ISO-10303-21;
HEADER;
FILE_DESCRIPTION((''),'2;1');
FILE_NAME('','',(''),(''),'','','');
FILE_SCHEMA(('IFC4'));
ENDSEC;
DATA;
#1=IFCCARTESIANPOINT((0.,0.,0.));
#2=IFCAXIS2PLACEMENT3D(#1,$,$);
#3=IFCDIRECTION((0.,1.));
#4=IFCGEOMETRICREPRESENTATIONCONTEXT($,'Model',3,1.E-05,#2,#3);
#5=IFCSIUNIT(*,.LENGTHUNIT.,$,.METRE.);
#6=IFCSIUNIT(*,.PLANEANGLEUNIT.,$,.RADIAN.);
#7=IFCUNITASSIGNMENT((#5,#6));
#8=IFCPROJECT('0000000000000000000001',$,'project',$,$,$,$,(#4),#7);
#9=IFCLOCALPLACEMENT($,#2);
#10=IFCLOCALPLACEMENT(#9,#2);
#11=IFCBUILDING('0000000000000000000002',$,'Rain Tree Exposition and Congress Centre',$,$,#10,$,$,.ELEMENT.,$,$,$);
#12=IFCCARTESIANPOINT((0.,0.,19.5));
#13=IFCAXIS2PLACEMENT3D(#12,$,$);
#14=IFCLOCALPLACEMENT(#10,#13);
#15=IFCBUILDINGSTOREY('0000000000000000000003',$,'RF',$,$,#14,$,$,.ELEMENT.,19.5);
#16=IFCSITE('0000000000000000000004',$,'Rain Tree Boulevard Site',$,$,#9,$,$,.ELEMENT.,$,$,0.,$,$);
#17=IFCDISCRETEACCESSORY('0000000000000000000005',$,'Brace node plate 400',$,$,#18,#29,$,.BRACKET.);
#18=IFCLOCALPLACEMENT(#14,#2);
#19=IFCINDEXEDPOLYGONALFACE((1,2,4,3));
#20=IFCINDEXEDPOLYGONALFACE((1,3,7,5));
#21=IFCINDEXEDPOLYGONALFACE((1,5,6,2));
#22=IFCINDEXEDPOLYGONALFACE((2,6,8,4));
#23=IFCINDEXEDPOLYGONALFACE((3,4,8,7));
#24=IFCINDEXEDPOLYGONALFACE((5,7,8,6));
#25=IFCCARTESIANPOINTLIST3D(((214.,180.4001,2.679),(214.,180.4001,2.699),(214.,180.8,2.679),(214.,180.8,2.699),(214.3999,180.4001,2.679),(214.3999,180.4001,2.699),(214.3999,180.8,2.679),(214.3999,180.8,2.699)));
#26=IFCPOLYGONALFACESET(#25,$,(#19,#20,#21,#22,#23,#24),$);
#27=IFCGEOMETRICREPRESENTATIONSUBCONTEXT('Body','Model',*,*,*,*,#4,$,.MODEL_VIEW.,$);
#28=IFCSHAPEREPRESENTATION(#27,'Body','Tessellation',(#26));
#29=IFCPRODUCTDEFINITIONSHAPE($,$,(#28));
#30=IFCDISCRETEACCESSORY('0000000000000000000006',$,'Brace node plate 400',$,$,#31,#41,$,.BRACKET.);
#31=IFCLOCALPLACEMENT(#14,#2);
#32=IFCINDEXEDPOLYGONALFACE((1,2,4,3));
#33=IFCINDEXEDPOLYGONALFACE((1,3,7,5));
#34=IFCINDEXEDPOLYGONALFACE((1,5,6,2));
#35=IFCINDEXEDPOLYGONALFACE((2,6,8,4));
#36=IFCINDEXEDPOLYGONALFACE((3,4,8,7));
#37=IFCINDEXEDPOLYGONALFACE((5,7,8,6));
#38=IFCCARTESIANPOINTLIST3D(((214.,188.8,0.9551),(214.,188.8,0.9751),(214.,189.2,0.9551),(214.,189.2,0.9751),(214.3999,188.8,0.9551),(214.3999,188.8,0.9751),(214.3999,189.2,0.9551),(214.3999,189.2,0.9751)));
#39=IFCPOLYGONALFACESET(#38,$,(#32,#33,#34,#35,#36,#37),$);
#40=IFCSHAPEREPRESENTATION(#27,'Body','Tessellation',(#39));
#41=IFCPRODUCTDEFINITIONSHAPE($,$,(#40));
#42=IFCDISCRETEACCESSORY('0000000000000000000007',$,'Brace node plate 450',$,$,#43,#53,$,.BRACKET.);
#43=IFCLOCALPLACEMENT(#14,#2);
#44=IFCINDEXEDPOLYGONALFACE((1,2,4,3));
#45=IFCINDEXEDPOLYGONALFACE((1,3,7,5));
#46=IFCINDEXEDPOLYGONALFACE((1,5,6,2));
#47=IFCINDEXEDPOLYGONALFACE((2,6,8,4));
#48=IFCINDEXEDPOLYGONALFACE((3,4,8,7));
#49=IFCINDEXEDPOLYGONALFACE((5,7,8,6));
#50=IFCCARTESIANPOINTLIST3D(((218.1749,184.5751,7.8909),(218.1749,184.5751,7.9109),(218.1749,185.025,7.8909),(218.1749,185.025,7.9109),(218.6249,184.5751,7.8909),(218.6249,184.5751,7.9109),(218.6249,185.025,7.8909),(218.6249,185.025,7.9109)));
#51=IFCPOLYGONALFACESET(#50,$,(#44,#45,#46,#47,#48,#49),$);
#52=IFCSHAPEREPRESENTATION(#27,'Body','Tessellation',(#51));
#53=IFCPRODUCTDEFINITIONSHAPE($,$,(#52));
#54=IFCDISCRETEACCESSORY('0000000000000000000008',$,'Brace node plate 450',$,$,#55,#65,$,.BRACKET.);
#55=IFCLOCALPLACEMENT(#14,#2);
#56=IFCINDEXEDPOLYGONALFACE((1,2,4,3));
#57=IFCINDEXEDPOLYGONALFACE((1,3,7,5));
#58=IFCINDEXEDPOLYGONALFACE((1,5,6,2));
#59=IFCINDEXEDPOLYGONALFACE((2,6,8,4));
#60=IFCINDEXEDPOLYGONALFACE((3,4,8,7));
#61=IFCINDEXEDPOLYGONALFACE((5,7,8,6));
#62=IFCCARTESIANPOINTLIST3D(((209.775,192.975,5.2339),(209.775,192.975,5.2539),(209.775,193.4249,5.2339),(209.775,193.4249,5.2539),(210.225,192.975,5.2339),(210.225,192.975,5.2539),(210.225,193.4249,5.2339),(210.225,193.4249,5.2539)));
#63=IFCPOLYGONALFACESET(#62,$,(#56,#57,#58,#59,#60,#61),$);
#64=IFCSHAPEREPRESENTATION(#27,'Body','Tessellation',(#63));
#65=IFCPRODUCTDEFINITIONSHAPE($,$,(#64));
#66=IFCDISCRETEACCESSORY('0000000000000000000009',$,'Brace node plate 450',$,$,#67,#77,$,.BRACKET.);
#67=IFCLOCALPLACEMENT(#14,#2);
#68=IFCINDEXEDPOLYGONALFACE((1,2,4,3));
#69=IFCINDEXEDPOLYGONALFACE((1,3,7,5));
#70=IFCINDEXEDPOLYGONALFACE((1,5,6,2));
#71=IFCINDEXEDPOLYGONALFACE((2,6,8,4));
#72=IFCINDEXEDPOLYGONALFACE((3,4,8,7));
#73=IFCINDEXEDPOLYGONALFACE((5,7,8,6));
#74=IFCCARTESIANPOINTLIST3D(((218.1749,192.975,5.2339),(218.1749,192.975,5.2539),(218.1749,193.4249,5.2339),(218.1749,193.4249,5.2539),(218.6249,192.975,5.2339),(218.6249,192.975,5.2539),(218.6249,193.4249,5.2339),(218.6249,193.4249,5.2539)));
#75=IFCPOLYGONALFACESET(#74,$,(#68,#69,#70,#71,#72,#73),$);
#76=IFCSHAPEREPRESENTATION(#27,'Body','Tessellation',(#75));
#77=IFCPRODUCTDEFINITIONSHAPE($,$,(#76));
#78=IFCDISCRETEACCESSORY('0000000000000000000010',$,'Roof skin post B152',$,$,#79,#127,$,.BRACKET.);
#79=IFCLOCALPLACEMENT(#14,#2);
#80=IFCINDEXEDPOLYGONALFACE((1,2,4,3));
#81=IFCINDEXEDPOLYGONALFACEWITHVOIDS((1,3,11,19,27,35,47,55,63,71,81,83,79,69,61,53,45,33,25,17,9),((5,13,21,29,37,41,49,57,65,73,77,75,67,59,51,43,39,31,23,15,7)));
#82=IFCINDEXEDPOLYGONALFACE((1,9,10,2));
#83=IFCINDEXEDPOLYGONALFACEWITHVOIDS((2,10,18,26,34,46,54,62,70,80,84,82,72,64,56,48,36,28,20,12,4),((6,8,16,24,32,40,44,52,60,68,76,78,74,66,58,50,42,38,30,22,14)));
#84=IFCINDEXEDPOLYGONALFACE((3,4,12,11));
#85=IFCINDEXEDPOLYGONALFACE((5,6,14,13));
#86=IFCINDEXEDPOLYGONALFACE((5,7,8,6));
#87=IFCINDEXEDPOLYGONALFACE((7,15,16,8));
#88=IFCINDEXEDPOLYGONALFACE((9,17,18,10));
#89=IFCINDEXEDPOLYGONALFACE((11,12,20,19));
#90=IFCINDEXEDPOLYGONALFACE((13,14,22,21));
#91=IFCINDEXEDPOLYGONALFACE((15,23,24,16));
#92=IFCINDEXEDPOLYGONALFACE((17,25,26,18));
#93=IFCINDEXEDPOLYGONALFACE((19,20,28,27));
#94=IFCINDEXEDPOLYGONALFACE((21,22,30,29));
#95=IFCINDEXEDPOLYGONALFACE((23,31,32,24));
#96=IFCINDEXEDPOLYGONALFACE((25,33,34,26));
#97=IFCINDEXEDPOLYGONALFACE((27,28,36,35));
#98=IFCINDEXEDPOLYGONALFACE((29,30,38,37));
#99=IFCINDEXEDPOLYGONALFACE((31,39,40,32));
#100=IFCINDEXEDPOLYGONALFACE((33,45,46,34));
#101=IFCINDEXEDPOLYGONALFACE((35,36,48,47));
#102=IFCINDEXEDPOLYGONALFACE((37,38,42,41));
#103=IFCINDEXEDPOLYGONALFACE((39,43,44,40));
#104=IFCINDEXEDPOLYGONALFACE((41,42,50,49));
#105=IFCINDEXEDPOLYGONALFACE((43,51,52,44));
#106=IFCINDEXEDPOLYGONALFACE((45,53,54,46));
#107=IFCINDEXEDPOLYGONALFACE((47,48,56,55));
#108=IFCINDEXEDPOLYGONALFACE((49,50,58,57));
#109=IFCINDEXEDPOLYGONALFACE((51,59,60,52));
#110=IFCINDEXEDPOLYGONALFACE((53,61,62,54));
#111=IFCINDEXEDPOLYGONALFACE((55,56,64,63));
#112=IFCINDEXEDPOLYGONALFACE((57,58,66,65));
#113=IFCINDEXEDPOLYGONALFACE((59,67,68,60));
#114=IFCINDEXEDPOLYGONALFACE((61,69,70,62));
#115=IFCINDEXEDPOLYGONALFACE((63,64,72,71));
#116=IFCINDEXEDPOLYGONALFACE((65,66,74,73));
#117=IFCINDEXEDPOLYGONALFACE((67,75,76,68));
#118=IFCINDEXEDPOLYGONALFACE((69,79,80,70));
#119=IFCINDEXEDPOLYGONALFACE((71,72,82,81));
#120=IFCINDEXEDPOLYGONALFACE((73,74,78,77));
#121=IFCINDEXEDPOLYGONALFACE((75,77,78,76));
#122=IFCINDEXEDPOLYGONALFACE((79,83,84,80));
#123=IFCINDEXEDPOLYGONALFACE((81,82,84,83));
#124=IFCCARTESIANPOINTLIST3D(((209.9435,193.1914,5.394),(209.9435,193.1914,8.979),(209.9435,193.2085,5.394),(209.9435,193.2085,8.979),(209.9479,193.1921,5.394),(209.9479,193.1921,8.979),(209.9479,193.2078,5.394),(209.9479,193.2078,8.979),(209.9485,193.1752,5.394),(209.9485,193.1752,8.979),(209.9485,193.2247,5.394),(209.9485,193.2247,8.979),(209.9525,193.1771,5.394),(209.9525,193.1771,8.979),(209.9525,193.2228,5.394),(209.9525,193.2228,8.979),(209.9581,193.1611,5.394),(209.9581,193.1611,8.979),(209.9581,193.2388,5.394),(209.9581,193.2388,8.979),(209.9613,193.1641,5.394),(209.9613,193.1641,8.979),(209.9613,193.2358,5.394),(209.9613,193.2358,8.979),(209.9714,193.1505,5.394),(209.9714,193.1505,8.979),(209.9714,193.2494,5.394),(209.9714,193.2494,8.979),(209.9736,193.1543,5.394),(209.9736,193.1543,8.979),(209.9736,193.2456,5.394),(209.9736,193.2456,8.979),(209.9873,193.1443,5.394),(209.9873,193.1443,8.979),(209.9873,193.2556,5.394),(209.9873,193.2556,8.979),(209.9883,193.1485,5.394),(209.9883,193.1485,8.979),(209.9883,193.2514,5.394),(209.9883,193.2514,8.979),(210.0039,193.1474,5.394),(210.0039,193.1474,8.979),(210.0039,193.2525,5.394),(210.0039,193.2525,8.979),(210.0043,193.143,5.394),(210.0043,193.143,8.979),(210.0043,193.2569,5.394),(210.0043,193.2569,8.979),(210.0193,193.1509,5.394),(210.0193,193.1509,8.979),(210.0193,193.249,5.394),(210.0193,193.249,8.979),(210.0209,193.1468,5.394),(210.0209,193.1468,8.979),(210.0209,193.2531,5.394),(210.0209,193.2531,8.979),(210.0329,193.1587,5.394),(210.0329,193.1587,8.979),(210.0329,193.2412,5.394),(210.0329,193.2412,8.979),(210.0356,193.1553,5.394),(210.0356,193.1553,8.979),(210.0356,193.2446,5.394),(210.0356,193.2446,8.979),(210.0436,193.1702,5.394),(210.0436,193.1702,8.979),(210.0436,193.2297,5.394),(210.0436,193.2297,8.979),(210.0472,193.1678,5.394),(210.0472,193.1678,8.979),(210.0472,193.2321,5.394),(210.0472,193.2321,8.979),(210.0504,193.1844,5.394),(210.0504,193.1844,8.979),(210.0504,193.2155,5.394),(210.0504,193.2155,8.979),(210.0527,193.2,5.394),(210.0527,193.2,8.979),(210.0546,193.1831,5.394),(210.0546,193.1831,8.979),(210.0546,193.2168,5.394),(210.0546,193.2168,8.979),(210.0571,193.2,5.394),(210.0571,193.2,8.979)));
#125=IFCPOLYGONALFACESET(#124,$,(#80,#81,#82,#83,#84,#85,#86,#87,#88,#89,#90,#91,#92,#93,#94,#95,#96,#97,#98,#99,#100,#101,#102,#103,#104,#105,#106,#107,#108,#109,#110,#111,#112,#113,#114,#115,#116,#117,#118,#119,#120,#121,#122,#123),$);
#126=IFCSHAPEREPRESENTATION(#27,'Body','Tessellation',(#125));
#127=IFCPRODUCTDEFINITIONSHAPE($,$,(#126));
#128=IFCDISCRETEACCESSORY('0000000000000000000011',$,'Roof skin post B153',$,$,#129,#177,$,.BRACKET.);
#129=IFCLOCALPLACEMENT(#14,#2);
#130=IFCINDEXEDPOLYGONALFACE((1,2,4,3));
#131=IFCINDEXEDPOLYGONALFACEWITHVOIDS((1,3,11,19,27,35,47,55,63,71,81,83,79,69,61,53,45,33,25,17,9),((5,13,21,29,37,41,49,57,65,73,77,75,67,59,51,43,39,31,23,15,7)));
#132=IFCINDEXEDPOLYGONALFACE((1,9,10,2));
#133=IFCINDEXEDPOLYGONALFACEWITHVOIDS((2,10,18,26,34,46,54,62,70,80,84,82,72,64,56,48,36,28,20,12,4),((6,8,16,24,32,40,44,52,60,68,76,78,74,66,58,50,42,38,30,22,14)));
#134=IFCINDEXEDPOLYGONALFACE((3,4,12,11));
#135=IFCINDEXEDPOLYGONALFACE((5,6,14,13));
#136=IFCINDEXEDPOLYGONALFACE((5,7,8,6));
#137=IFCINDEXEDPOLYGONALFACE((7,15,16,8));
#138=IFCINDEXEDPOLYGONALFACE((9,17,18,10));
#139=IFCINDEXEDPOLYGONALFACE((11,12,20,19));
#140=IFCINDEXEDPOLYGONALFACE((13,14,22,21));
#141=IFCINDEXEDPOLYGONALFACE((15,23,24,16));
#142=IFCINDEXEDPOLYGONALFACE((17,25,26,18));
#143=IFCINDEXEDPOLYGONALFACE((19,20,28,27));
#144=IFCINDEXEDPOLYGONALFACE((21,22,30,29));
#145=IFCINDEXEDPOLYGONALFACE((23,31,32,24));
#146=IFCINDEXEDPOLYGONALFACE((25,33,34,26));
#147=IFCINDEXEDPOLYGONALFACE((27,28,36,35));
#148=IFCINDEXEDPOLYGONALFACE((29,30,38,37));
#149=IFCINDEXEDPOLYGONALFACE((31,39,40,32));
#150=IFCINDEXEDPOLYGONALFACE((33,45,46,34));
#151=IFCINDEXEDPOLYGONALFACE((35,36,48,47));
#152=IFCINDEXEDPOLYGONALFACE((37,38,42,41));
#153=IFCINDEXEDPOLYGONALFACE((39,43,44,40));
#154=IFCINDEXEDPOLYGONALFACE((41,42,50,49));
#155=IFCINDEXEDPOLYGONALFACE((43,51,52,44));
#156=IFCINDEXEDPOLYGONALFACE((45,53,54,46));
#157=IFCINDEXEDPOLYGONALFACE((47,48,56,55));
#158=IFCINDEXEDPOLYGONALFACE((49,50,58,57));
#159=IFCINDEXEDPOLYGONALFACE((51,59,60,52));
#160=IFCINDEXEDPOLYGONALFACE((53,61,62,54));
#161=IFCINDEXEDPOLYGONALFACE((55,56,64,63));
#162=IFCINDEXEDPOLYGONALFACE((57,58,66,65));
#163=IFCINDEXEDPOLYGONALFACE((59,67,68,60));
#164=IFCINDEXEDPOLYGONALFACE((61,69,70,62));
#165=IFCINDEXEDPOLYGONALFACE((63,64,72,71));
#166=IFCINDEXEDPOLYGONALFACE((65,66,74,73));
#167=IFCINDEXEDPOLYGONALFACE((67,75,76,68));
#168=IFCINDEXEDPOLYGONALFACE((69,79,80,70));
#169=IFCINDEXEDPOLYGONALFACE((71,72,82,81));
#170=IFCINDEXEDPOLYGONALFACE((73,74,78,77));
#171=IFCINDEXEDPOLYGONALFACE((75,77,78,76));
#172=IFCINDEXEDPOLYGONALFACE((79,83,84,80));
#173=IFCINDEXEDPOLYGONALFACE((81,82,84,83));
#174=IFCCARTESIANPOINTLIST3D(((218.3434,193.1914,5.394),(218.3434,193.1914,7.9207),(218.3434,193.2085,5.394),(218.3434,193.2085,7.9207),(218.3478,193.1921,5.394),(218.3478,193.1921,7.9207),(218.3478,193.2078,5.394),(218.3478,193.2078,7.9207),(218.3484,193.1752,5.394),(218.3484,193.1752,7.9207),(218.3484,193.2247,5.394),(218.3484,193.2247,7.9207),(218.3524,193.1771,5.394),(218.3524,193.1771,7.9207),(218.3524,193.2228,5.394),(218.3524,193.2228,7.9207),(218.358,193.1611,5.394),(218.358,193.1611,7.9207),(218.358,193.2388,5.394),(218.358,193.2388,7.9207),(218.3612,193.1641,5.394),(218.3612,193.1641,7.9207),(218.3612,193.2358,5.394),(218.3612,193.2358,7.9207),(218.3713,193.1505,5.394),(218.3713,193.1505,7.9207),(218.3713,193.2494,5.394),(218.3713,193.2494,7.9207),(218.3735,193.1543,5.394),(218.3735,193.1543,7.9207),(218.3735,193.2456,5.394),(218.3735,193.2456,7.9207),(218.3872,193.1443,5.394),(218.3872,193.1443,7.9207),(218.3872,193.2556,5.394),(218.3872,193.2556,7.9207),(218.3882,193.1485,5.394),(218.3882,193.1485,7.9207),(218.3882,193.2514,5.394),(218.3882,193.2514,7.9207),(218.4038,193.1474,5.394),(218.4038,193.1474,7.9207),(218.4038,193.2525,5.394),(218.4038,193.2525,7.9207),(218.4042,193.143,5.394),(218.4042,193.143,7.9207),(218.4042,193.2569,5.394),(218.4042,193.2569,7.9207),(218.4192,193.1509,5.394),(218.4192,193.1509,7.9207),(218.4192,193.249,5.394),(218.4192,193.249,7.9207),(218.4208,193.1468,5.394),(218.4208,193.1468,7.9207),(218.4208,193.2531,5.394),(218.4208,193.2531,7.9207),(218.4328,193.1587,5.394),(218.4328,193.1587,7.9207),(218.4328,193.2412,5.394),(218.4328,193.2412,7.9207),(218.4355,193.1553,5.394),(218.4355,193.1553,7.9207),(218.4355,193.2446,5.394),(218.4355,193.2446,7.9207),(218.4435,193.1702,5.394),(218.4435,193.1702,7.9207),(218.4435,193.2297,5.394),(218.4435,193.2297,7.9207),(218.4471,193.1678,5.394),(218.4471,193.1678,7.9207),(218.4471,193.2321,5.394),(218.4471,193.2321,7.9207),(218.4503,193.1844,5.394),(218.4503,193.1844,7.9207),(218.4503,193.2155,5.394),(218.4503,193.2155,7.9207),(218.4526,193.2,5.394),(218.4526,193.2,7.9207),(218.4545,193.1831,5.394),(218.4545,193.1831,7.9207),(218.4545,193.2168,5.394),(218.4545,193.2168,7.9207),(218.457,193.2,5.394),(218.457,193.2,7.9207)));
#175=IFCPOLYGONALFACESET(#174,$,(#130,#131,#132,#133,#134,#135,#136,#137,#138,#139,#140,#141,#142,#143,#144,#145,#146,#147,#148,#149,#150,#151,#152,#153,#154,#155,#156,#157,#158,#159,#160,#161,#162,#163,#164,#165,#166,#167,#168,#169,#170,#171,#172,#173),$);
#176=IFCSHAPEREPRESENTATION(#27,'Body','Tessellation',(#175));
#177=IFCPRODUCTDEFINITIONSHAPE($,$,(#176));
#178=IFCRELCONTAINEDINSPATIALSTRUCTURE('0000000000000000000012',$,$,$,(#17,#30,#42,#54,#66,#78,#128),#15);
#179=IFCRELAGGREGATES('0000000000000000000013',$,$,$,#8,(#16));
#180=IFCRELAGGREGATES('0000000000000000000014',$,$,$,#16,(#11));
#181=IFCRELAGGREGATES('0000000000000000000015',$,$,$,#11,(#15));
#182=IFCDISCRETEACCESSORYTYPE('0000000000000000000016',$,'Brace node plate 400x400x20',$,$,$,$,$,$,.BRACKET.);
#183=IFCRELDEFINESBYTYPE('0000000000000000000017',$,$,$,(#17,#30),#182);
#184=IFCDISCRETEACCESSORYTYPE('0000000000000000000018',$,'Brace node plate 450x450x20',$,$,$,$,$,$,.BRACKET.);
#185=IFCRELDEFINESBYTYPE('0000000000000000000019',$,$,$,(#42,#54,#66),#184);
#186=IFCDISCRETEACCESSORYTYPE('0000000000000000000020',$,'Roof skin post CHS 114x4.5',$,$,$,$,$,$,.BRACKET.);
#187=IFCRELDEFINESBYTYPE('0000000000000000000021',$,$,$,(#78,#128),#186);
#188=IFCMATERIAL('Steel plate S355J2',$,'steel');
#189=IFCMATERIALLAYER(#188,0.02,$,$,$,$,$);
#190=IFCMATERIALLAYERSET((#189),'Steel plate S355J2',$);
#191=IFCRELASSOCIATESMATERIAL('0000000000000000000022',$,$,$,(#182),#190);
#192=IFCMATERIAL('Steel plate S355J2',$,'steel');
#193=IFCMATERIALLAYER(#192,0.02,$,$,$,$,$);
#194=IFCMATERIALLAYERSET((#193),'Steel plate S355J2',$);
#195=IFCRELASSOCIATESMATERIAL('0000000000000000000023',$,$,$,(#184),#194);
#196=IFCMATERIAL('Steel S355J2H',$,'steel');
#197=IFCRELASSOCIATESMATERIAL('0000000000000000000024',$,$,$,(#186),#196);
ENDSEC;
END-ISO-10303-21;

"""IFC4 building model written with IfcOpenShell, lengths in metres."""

from ifc_helpers import new_model, si_unit, direction, frame, origin, origin_2d, place, context, subcontext, project, spatial, rectangle, hollow_circle, extrude, material, layer, layer_set, material_profile, profile_set, type_object, element, save


model = new_model("IFC4")

# Units and contexts
model_context = context("Model", 3, precision=1e-05, world=origin(), true_north=direction((0.0, 1.0)))
body_context = subcontext(model_context, "Body", "Model", "MODEL_VIEW")
ifc_project = project(units=[si_unit("LENGTHUNIT", "METRE"), si_unit("PLANEANGLEUNIT", "RADIAN")], contexts=[model_context])

# Site, building, storey
site_placement = place(None, origin())
site = spatial("IfcSite", under=ifc_project, at=site_placement, Name="Rain Tree Boulevard Site", CompositionType="ELEMENT", RefElevation=0.0)
building_placement = place(site_placement, origin())
building = spatial("IfcBuilding", under=site, at=building_placement, Name="Rain Tree Exposition and Congress Centre", CompositionType="ELEMENT")
storey_placement = place(building_placement, frame((0.0, 0.0, 19.5)))
storey = spatial("IfcBuildingStorey", under=building, at=storey_placement, Name="RF", CompositionType="ELEMENT", Elevation=19.5)

# Discrete accessories
ifc_material_1 = material(Name="Steel plate S355J2", Category="steel")
ifc_layer_1 = layer(ifc_material_1, 0.02)
ifc_layer_set_1 = layer_set([ifc_layer_1], Name="Steel plate S355J2")
discrete_accessory_type_1 = type_object("IfcDiscreteAccessoryType", Name="Brace node plate 400x400x20", PredefinedType="BRACKET", material=ifc_layer_set_1)
for number, where, z_axis, x_axis, name in (
    (1, (214.2, 180.6001, 2.679), (0.0, 0.0, 1.0), (1.0, 0.0, 0.0), "Brace node plate 400"),
    (2, (214.2, 189.0, 0.9551), (0.0, 0.0, 1.0), (1.0, 0.0, 0.0), "Brace node plate 400"),
):
    element("IfcDiscreteAccessory", number, at=place(storey_placement, frame(where, z_axis=z_axis, x_axis=x_axis)), inside=storey, type_object=discrete_accessory_type_1, Name=name, PredefinedType="BRACKET", context=body_context, shape_type="SweptSolid", body=[
        extrude(rectangle(XDim=0.3999, YDim=0.3999, at=origin_2d()), origin(), (0.0, 0.0, 1.0), 0.02),
    ])
ifc_material_2 = material(Name="Steel plate S355J2", Category="steel")
ifc_layer_2 = layer(ifc_material_2, 0.02)
ifc_layer_set_2 = layer_set([ifc_layer_2], Name="Steel plate S355J2")
discrete_accessory_type_2 = type_object("IfcDiscreteAccessoryType", Name="Brace node plate 450x450x20", PredefinedType="BRACKET", material=ifc_layer_set_2)
for number, where, z_axis, x_axis, name in (
    (3, (218.3999, 184.8, 7.8909), (0.0, 0.0, 1.0), (1.0, 0.0, 0.0), "Brace node plate 450"),
    (4, (210.0, 193.2, 5.2339), (0.0, 0.0, 1.0), (1.0, 0.0, 0.0), "Brace node plate 450"),
    (5, (218.3999, 193.2, 5.2339), (0.0, 0.0, 1.0), (1.0, 0.0, 0.0), "Brace node plate 450"),
):
    element("IfcDiscreteAccessory", number, at=place(storey_placement, frame(where, z_axis=z_axis, x_axis=x_axis)), inside=storey, type_object=discrete_accessory_type_2, Name=name, PredefinedType="BRACKET", context=body_context, shape_type="SweptSolid", body=[
        extrude(rectangle(XDim=0.45, YDim=0.45, at=origin_2d()), origin(), (0.0, 0.0, 1.0), 0.02),
    ])
ifc_material_3 = material(Name="Steel S355J2H", Category="steel")
ifc_material_profile_1 = material_profile(ifc_material_3, hollow_circle(Radius=0.0571, WallThickness=0.0044, at=origin_2d()), Name="CHS 114x4.5")
ifc_profile_set_1 = profile_set([ifc_material_profile_1], Name="Steel S355J2H")
discrete_accessory_type_3 = type_object("IfcDiscreteAccessoryType", Name="Roof skin post CHS 114x4.5", PredefinedType="BRACKET", material=ifc_profile_set_1)
discrete_accessory_1_placement = place(storey_placement, frame((210.0, 193.2, 5.394), z_axis=(0.0, 0.0, 1.0), x_axis=(1.0, 0.0, 0.0)))
element("IfcDiscreteAccessory", 6, at=discrete_accessory_1_placement, inside=storey, type_object=discrete_accessory_type_3, Name="Roof skin post B152", PredefinedType="BRACKET", context=body_context, shape_type="SweptSolid", body=[
    extrude(hollow_circle(Radius=0.0571, WallThickness=0.0044, at=origin_2d()), origin(), (0.0, 0.0, 1.0), 3.585),
])
discrete_accessory_2_placement = place(storey_placement, frame((218.3999, 193.2, 5.394), z_axis=(0.0, 0.0, 1.0), x_axis=(1.0, 0.0, 0.0)))
element("IfcDiscreteAccessory", 7, at=discrete_accessory_2_placement, inside=storey, type_object=discrete_accessory_type_3, Name="Roof skin post B153", PredefinedType="BRACKET", context=body_context, shape_type="SweptSolid", body=[
    extrude(hollow_circle(Radius=0.0571, WallThickness=0.0044, at=origin_2d()), origin(), (0.0, 0.0, 1.0), 2.5266),
])

save(model, "model.ifc")
